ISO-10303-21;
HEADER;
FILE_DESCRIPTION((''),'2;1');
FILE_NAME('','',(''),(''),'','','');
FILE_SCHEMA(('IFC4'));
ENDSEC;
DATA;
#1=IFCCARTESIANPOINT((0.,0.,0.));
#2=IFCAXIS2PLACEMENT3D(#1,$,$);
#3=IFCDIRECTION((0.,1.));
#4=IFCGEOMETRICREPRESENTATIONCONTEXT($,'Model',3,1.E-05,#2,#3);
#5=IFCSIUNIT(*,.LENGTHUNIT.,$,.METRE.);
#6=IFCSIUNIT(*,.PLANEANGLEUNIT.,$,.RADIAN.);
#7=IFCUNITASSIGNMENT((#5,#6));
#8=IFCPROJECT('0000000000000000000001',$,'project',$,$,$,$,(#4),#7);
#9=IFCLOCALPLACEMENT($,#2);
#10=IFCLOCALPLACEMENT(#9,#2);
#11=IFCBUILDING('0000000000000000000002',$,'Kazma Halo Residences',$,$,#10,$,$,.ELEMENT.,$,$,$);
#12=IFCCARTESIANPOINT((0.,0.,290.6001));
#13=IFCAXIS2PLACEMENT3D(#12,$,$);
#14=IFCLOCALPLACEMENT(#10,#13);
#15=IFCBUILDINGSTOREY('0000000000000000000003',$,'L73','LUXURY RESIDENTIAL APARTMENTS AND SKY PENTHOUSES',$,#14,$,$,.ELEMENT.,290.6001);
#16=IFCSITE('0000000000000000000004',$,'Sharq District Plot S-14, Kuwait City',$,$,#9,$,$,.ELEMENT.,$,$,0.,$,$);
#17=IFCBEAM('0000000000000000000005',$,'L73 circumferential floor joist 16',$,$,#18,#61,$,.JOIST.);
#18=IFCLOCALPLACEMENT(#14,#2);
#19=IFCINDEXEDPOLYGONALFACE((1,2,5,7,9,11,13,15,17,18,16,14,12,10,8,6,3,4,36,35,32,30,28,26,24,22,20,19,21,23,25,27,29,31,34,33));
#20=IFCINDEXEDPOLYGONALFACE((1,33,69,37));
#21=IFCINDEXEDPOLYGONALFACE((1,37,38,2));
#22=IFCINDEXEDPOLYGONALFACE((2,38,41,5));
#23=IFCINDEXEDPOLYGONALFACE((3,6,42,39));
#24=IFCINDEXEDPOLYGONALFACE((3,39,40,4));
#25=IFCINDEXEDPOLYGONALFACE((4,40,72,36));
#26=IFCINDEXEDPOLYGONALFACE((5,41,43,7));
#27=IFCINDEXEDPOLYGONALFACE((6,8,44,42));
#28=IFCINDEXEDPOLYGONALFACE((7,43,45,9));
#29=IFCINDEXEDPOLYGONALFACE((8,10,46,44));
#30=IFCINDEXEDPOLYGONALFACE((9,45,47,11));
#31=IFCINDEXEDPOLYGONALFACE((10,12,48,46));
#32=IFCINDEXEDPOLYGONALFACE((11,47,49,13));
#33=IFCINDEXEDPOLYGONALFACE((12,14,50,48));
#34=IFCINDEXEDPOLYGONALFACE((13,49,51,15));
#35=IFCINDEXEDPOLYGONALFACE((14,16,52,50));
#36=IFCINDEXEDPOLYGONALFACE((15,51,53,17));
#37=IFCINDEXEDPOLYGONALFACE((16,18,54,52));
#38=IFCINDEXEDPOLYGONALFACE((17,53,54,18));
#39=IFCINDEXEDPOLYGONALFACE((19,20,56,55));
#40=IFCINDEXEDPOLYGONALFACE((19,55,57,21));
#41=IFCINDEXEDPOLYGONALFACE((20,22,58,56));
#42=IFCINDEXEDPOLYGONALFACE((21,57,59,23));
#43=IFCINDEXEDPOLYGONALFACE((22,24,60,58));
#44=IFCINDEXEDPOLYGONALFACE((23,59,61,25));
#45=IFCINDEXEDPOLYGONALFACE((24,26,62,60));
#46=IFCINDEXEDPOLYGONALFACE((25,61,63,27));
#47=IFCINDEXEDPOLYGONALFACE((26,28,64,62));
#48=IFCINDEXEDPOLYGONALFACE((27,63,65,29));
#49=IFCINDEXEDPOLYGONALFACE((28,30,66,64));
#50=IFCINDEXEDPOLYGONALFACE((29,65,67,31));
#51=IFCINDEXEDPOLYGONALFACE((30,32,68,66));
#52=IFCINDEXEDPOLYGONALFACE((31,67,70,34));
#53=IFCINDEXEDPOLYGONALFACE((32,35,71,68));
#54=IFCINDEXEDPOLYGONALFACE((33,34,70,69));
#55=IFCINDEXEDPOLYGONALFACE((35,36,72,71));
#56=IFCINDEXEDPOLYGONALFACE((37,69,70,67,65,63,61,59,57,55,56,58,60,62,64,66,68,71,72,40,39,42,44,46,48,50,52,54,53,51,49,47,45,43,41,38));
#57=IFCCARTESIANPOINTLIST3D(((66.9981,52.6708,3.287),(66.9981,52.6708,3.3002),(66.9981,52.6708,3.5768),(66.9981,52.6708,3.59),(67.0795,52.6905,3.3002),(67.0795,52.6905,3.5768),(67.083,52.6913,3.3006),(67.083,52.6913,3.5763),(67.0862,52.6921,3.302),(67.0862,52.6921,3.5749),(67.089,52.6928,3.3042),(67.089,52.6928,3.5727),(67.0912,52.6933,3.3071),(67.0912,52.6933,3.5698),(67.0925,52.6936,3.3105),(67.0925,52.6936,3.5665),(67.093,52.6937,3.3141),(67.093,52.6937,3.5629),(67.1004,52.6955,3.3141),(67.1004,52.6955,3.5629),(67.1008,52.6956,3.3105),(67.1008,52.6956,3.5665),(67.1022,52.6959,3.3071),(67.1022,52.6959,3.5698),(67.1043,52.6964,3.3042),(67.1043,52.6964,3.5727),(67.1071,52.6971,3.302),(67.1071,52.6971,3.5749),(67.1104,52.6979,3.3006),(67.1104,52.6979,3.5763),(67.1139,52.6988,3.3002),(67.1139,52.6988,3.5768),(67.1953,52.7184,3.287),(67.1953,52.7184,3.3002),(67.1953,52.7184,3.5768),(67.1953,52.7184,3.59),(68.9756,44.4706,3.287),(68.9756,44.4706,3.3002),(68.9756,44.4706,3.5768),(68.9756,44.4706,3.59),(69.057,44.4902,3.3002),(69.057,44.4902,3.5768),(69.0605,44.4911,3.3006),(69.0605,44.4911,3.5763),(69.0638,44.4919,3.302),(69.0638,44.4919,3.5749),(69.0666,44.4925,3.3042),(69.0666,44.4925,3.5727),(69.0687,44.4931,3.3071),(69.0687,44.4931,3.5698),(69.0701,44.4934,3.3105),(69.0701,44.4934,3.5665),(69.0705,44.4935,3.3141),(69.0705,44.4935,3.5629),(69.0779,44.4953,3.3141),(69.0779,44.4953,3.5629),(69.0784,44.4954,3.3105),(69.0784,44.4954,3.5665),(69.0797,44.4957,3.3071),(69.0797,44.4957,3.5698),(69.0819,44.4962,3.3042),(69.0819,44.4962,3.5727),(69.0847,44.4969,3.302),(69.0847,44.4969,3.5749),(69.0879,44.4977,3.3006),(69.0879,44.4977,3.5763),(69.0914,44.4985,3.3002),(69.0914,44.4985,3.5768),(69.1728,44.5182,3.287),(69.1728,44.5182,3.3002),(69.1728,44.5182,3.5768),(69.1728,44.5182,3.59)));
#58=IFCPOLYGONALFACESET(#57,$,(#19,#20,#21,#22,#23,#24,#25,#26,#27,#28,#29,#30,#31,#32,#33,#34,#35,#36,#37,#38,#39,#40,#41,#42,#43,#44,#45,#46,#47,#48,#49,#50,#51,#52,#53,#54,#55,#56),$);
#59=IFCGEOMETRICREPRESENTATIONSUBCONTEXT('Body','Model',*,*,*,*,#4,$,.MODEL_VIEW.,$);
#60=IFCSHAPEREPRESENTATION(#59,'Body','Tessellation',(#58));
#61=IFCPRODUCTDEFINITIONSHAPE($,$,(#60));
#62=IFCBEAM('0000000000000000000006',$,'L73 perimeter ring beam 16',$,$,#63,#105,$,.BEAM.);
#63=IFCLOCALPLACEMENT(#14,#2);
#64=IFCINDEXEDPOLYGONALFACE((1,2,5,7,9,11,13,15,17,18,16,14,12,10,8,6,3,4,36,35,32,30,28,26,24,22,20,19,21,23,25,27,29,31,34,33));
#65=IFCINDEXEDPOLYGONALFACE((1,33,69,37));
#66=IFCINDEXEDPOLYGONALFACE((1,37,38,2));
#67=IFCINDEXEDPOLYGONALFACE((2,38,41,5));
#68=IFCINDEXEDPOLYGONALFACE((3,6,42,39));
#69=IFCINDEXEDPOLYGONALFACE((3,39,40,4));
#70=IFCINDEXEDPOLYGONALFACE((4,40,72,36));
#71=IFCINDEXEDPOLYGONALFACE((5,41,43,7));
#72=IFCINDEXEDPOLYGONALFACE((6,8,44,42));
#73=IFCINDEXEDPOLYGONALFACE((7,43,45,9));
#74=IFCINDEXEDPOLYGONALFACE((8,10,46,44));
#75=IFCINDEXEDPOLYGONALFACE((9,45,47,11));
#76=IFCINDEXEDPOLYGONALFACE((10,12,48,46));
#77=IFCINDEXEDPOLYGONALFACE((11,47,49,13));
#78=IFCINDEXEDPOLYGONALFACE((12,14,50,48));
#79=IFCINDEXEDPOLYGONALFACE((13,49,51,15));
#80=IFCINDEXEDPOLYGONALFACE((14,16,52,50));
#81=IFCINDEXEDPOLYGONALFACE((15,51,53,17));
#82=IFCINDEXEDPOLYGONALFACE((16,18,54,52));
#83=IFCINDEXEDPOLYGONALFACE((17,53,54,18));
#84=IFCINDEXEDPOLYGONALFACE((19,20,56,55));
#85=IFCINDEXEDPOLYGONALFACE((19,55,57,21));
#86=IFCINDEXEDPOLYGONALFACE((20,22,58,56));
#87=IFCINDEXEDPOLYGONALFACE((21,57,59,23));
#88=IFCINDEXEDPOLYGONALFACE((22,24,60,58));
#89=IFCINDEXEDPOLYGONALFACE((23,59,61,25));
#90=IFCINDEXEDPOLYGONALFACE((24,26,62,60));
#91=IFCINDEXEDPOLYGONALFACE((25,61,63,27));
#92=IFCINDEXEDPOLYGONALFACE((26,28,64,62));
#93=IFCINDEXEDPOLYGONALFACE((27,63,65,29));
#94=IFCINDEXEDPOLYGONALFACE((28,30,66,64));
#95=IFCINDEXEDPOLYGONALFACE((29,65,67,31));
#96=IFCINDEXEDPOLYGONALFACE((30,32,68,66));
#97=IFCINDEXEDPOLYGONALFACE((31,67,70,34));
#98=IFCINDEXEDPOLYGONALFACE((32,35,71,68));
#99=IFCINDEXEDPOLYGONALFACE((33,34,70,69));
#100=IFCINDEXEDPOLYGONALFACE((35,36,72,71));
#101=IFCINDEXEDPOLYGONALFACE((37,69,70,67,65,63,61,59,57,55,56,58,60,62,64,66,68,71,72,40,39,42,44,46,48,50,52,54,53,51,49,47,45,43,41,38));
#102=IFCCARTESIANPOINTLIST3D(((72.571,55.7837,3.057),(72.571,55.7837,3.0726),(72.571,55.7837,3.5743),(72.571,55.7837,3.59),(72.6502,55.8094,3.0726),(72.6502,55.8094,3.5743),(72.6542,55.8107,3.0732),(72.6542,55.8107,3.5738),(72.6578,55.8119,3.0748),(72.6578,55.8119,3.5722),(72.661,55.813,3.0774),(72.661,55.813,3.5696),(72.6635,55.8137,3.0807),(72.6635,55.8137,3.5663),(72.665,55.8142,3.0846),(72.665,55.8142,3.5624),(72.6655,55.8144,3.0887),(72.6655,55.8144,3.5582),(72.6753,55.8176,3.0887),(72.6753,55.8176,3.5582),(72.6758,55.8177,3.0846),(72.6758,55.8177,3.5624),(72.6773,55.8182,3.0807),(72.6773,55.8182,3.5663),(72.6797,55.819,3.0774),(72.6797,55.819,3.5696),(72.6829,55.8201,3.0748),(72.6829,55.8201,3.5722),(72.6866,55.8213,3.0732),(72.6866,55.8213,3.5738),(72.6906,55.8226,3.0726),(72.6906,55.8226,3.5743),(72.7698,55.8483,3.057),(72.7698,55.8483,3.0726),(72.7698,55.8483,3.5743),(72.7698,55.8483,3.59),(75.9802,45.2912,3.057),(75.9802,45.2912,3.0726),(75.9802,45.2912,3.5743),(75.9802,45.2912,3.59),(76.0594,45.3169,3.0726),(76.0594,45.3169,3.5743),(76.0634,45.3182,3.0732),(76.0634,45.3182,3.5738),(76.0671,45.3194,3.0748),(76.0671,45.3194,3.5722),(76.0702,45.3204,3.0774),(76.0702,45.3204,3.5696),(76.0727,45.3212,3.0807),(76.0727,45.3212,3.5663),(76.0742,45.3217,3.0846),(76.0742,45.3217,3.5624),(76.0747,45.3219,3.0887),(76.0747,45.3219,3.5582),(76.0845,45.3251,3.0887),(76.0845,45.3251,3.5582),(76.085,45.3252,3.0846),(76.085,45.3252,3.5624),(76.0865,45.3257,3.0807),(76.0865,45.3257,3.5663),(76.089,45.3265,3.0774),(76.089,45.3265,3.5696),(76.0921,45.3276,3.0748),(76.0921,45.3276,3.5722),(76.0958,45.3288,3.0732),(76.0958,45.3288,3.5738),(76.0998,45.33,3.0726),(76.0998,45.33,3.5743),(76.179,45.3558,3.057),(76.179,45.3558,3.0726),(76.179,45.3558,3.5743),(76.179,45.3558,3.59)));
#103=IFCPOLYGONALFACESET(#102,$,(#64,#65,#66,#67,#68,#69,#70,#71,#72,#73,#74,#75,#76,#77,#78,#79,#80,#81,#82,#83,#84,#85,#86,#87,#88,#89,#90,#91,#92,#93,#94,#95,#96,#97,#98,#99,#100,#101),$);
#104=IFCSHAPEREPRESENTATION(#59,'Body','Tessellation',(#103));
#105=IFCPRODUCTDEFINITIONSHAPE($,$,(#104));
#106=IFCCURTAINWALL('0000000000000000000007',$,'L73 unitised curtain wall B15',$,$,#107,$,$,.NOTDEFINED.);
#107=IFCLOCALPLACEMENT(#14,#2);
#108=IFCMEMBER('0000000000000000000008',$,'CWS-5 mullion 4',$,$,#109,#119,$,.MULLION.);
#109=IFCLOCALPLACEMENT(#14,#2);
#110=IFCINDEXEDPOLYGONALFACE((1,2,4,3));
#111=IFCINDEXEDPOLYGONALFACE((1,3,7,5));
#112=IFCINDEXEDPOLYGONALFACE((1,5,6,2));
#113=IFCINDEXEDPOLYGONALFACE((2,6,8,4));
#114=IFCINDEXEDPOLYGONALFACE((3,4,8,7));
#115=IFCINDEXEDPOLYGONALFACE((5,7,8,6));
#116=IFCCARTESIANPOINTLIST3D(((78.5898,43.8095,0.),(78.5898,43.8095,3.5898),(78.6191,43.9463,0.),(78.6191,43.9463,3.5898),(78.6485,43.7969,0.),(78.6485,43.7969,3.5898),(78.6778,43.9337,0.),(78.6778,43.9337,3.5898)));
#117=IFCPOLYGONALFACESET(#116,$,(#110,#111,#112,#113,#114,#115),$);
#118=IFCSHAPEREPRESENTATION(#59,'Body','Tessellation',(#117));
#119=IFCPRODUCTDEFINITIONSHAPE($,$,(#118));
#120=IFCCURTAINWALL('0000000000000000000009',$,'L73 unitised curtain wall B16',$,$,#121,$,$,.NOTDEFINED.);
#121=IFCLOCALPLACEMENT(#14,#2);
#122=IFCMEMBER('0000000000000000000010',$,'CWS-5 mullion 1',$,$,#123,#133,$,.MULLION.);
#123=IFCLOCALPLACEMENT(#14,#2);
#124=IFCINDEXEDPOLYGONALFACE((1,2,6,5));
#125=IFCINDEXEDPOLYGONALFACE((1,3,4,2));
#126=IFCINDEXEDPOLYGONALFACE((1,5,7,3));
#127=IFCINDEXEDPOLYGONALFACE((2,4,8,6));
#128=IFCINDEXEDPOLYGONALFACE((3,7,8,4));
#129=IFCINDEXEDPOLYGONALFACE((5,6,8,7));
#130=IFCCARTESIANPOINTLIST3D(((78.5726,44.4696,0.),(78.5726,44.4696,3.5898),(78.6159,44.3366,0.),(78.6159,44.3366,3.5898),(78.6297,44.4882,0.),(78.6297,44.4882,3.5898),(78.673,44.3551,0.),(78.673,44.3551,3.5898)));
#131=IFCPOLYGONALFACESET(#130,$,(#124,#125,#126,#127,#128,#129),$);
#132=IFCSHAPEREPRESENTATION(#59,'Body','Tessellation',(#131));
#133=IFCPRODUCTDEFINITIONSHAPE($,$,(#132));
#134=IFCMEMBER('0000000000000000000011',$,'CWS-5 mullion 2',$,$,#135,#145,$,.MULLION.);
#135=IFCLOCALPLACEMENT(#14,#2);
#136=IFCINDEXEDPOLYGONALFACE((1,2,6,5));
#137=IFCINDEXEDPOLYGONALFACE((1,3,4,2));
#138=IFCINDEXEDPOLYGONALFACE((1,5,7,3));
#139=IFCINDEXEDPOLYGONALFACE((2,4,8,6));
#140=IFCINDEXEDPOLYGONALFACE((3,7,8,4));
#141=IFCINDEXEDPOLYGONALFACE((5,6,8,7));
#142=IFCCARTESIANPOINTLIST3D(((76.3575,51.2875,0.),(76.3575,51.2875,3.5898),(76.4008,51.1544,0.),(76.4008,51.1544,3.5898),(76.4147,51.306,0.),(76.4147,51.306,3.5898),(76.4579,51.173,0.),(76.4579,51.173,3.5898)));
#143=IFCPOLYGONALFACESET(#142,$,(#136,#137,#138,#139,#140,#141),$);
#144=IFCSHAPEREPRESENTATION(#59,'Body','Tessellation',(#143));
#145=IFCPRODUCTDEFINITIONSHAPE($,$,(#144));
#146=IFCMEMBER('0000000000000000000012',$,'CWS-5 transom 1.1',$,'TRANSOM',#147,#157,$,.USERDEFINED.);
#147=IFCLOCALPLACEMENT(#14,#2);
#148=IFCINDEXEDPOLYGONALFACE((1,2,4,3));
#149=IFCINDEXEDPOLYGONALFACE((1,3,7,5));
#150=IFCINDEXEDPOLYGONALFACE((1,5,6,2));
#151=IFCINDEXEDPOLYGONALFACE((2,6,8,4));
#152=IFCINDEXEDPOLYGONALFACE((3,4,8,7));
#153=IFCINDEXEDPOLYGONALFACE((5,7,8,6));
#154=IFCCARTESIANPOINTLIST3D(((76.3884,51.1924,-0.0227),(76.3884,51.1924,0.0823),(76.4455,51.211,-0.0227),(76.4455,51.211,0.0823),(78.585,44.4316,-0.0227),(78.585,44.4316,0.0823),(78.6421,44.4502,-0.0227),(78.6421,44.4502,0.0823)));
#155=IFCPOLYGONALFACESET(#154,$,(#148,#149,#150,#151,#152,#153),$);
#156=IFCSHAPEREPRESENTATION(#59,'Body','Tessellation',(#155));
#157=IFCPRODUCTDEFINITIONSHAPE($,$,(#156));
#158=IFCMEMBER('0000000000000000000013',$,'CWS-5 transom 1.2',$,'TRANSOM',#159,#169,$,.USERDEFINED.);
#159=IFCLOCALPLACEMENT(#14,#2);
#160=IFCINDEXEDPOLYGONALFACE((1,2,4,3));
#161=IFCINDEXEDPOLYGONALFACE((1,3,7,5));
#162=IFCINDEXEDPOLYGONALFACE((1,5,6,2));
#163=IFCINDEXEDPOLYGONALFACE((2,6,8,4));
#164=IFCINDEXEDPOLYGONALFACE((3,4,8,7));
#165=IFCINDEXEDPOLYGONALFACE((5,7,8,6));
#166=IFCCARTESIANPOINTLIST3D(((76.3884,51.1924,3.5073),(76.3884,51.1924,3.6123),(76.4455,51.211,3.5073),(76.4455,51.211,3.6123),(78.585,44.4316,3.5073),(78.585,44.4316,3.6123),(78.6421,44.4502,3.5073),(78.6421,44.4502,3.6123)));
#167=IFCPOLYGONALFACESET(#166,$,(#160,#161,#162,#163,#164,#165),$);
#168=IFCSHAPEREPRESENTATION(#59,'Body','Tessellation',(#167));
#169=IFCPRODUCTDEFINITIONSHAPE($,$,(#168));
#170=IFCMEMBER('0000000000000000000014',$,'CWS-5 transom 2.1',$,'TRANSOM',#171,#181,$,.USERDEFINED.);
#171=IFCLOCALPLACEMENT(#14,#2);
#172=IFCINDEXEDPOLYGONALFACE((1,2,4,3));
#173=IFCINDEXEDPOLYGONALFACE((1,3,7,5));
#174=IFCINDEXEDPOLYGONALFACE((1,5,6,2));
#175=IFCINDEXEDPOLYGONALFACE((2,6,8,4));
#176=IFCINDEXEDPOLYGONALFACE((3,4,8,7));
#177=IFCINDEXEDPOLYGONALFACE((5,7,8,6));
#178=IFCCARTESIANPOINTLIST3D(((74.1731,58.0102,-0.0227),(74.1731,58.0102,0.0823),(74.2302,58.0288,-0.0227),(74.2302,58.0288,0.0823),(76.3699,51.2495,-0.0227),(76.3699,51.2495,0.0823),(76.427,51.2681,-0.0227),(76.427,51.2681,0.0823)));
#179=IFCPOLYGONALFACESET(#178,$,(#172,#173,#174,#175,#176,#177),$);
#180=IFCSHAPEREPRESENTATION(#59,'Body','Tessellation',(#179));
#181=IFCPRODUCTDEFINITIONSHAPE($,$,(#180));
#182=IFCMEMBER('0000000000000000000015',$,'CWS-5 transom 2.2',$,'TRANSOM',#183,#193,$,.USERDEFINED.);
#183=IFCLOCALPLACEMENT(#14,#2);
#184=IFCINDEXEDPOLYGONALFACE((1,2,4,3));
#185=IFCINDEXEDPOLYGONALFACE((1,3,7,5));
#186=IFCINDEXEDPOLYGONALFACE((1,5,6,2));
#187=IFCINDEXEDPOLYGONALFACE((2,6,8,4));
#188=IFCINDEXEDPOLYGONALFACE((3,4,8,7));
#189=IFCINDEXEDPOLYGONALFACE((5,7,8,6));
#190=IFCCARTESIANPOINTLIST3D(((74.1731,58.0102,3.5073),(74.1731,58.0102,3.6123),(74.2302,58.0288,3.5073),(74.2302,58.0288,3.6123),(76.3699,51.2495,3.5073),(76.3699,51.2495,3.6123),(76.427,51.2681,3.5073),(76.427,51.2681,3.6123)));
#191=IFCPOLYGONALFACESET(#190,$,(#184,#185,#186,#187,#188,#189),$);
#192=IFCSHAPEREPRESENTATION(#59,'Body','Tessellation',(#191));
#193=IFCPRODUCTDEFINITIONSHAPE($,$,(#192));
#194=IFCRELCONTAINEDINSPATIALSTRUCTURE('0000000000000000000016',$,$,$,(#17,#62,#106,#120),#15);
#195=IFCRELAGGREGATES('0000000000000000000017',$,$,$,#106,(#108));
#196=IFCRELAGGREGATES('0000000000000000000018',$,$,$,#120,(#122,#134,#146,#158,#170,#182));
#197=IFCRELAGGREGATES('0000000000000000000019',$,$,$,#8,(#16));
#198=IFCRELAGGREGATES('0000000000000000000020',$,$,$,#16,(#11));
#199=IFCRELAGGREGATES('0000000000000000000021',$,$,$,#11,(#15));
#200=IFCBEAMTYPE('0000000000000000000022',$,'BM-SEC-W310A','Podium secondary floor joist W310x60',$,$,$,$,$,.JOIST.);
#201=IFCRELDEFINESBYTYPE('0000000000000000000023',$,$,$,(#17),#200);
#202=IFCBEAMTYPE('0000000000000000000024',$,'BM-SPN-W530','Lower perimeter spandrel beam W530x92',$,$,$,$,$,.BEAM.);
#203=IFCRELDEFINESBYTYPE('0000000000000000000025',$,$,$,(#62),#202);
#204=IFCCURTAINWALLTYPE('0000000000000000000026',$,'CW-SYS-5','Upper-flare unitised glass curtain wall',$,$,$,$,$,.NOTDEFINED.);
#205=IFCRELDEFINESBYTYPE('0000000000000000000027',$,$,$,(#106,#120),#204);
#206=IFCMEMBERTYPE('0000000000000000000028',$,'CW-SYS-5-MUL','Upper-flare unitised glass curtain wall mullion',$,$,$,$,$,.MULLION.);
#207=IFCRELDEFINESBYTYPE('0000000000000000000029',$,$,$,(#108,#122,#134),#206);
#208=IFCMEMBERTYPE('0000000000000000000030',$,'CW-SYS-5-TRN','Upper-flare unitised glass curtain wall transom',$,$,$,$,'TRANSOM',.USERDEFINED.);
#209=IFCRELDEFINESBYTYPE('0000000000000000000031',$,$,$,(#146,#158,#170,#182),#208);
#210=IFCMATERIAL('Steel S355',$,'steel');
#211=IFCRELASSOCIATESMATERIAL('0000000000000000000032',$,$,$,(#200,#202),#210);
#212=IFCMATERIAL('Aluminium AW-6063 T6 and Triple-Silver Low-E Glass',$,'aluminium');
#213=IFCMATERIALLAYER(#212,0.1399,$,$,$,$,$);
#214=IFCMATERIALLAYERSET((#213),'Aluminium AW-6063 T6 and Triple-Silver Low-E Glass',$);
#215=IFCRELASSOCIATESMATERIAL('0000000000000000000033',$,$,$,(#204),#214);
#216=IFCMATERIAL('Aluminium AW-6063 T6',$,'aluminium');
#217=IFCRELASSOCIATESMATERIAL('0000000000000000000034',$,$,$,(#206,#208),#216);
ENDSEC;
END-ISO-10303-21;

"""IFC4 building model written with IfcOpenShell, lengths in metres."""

from ifc_helpers import new_model, si_unit, direction, frame, origin, origin_2d, place, context, subcontext, project, spatial, rectangle, i_section, extrude, material, layer, layer_set, material_profile, profile_set, type_object, element, aggregate, save


model = new_model("IFC4")

# Units and contexts
model_context = context("Model", 3, precision=1e-05, world=origin(), true_north=direction((0.0, 1.0)))
body_context = subcontext(model_context, "Body", "Model", "MODEL_VIEW")
ifc_project = project(units=[si_unit("LENGTHUNIT", "METRE"), si_unit("PLANEANGLEUNIT", "RADIAN")], contexts=[model_context])

# Site, building, storey
site_placement = place(None, origin())
site = spatial("IfcSite", under=ifc_project, at=site_placement, Name="Sharq District Plot S-14, Kuwait City", CompositionType="ELEMENT", RefElevation=0.0)
building_placement = place(site_placement, origin())
building = spatial("IfcBuilding", under=site, at=building_placement, Name="Kazma Halo Residences", CompositionType="ELEMENT")
storey_placement = place(building_placement, frame((0.0, 0.0, 290.6001)))
storey = spatial("IfcBuildingStorey", under=building, at=storey_placement, Name="L73", Description="LUXURY RESIDENTIAL APARTMENTS AND SKY PENTHOUSES", CompositionType="ELEMENT", Elevation=290.6001)

# Beams
ifc_material_1 = material(Name="Steel S355", Category="steel")
ifc_material_profile_1 = material_profile(ifc_material_1, i_section(OverallWidth=0.2029, OverallDepth=0.303, WebThickness=0.0076, FlangeThickness=0.0132, FilletRadius=0.0139, at=origin_2d()), Name="W310x60")
ifc_profile_set_1 = profile_set([ifc_material_profile_1], Name="Steel S355")
beam_type_1 = type_object("IfcBeamType", Name="BM-SEC-W310A", Description="Podium secondary floor joist W310x60", PredefinedType="JOIST", material=ifc_profile_set_1)
beam_1_placement = place(storey_placement, frame((69.0742, 44.4944, 3.4385), z_axis=(-0.234437, 0.972131, 0.0), x_axis=(-0.972131, -0.234437, 0.0)))
element("IfcBeam", 1, at=beam_1_placement, inside=storey, type_object=beam_type_1, Name="L73 circumferential floor joist 16", PredefinedType="JOIST", context=body_context, shape_type="SweptSolid", body=[
    extrude(i_section(OverallWidth=0.2029, OverallDepth=0.303, WebThickness=0.0076, FlangeThickness=0.0132, FilletRadius=0.0139, at=origin_2d()), origin(), (0.0, 0.0, 1.0), 8.4353),
])
ifc_material_profile_2 = material_profile(ifc_material_1, i_section(OverallWidth=0.209, OverallDepth=0.533, WebThickness=0.0103, FlangeThickness=0.0156, FilletRadius=0.0161, at=origin_2d()), Name="W530x92")
ifc_profile_set_2 = profile_set([ifc_material_profile_2], Name="Steel S355")
beam_type_2 = type_object("IfcBeamType", Name="BM-SPN-W530", Description="Lower perimeter spandrel beam W530x92", PredefinedType="BEAM", material=ifc_profile_set_2)
beam_2_placement = place(storey_placement, frame((76.0796, 45.3235, 3.3235), z_axis=(-0.309016, 0.951057, 0.0), x_axis=(-0.951057, -0.309016, 0.0)))
element("IfcBeam", 2, at=beam_2_placement, inside=storey, type_object=beam_type_2, Name="L73 perimeter ring beam 16", PredefinedType="BEAM", context=body_context, shape_type="SweptSolid", body=[
    extrude(i_section(OverallWidth=0.209, OverallDepth=0.533, WebThickness=0.0103, FlangeThickness=0.0156, FilletRadius=0.0161, at=origin_2d()), origin(), (0.0, 0.0, 1.0), 11.0325),
])

# Curtain wall, member
ifc_material_2 = material(Name="Aluminium AW-6063 T6 and Triple-Silver Low-E Glass", Category="aluminium")
ifc_layer_1 = layer(ifc_material_2, 0.1399)
ifc_layer_set_1 = layer_set([ifc_layer_1], Name="Aluminium AW-6063 T6 and Triple-Silver Low-E Glass")
curtain_wall_type = type_object("IfcCurtainWallType", Name="CW-SYS-5", Description="Upper-flare unitised glass curtain wall", PredefinedType="NOTDEFINED", material=ifc_layer_set_1)
curtain_wall_1_placement = place(storey_placement, origin())
curtain_wall_1 = element("IfcCurtainWall", 3, at=curtain_wall_1_placement, inside=storey, type_object=curtain_wall_type, Name="L73 unitised curtain wall B15", PredefinedType="NOTDEFINED")
ifc_material_3 = material(Name="Aluminium AW-6063 T6", Category="aluminium")
ifc_material_profile_3 = material_profile(ifc_material_3, rectangle(XDim=0.0601, YDim=0.1399, at=origin_2d()), Name="CWM-60x140")
ifc_profile_set_3 = profile_set([ifc_material_profile_3], Name="Aluminium AW-6063 T6")
member_type_1 = type_object("IfcMemberType", Name="CW-SYS-5-MUL", Description="Upper-flare unitised glass curtain wall mullion", PredefinedType="MULLION", material=ifc_profile_set_3)
member_1_placement = place(storey_placement, frame((78.6338, 43.8716, 0.0), z_axis=(0.0, 0.0, 1.0), x_axis=(-0.977775, 0.209657, 0.0)))
member_1 = element("IfcMember", 4, at=member_1_placement, type_object=member_type_1, Name="CWS-5 mullion 4", PredefinedType="MULLION", context=body_context, shape_type="SweptSolid", body=[
    extrude(rectangle(XDim=0.0601, YDim=0.1399, at=origin_2d()), origin(), (0.0, 0.0, 1.0), 3.5898),
])
aggregate(curtain_wall_1, [member_1])

# Curtain wall, members
curtain_wall_2_placement = place(storey_placement, origin())
curtain_wall_2 = element("IfcCurtainWall", 5, at=curtain_wall_2_placement, inside=storey, type_object=curtain_wall_type, Name="L73 unitised curtain wall B16", PredefinedType="NOTDEFINED")
member_2_placement = place(storey_placement, frame((78.6228, 44.4124, 0.0), z_axis=(0.0, 0.0, 1.0), x_axis=(-0.951058, -0.309011, 0.0)))
member_2 = element("IfcMember", 6, at=member_2_placement, type_object=member_type_1, Name="CWS-5 mullion 1", PredefinedType="MULLION", context=body_context, shape_type="SweptSolid", body=[
    extrude(rectangle(XDim=0.0601, YDim=0.1399, at=origin_2d()), origin(), (0.0, 0.0, 1.0), 3.5898),
])
member_3_placement = place(storey_placement, frame((76.4077, 51.2302, 0.0), z_axis=(0.0, 0.0, 1.0), x_axis=(-0.951058, -0.309011, 0.0)))
member_3 = element("IfcMember", 7, at=member_3_placement, type_object=member_type_1, Name="CWS-5 mullion 2", PredefinedType="MULLION", context=body_context, shape_type="SweptSolid", body=[
    extrude(rectangle(XDim=0.0601, YDim=0.1399, at=origin_2d()), origin(), (0.0, 0.0, 1.0), 3.5898),
])
ifc_material_profile_4 = material_profile(ifc_material_3, rectangle(XDim=0.0601, YDim=0.105, at=origin_2d()), Name="CWT-60x105")
ifc_profile_set_4 = profile_set([ifc_material_profile_4], Name="Aluminium AW-6063 T6")
member_type_2 = type_object("IfcMemberType", Name="CW-SYS-5-TRN", Description="Upper-flare unitised glass curtain wall transom", ElementType="TRANSOM", PredefinedType="USERDEFINED", material=ifc_profile_set_4)
member_4_placement = place(storey_placement, frame((78.6135, 44.4409, 0.0298), z_axis=(-0.308996, 0.951063, 0.0), x_axis=(-0.951063, -0.308996, 0.0)))
member_4 = element("IfcMember", 8, at=member_4_placement, type_object=member_type_2, Name="CWS-5 transom 1.1", ObjectType="TRANSOM", PredefinedType="USERDEFINED", context=body_context, shape_type="SweptSolid", body=[
    extrude(rectangle(XDim=0.0601, YDim=0.105, at=origin_2d()), origin(), (0.0, 0.0, 1.0), 7.1086),
])
member_5_placement = place(storey_placement, frame((78.6135, 44.4409, 3.5598), z_axis=(-0.308996, 0.951063, 0.0), x_axis=(-0.951063, -0.308996, 0.0)))
member_5 = element("IfcMember", 9, at=member_5_placement, type_object=member_type_2, Name="CWS-5 transom 1.2", ObjectType="TRANSOM", PredefinedType="USERDEFINED", context=body_context, shape_type="SweptSolid", body=[
    extrude(rectangle(XDim=0.0601, YDim=0.105, at=origin_2d()), origin(), (0.0, 0.0, 1.0), 7.1086),
])
member_6_placement = place(storey_placement, frame((76.3984, 51.2588, 0.0298), z_axis=(-0.309027, 0.951053, 0.0), x_axis=(-0.951053, -0.309027, 0.0)))
member_6 = element("IfcMember", 10, at=member_6_placement, type_object=member_type_2, Name="CWS-5 transom 2.1", ObjectType="TRANSOM", PredefinedType="USERDEFINED", context=body_context, shape_type="SweptSolid", body=[
    extrude(rectangle(XDim=0.0601, YDim=0.105, at=origin_2d()), origin(), (0.0, 0.0, 1.0), 7.1086),
])
member_7_placement = place(storey_placement, frame((76.3984, 51.2588, 3.5598), z_axis=(-0.309027, 0.951053, 0.0), x_axis=(-0.951053, -0.309027, 0.0)))
member_7 = element("IfcMember", 11, at=member_7_placement, type_object=member_type_2, Name="CWS-5 transom 2.2", ObjectType="TRANSOM", PredefinedType="USERDEFINED", context=body_context, shape_type="SweptSolid", body=[
    extrude(rectangle(XDim=0.0601, YDim=0.105, at=origin_2d()), origin(), (0.0, 0.0, 1.0), 7.1086),
])
aggregate(curtain_wall_2, [member_2, member_3, member_4, member_5, member_6, member_7])

save(model, "model.ifc")
